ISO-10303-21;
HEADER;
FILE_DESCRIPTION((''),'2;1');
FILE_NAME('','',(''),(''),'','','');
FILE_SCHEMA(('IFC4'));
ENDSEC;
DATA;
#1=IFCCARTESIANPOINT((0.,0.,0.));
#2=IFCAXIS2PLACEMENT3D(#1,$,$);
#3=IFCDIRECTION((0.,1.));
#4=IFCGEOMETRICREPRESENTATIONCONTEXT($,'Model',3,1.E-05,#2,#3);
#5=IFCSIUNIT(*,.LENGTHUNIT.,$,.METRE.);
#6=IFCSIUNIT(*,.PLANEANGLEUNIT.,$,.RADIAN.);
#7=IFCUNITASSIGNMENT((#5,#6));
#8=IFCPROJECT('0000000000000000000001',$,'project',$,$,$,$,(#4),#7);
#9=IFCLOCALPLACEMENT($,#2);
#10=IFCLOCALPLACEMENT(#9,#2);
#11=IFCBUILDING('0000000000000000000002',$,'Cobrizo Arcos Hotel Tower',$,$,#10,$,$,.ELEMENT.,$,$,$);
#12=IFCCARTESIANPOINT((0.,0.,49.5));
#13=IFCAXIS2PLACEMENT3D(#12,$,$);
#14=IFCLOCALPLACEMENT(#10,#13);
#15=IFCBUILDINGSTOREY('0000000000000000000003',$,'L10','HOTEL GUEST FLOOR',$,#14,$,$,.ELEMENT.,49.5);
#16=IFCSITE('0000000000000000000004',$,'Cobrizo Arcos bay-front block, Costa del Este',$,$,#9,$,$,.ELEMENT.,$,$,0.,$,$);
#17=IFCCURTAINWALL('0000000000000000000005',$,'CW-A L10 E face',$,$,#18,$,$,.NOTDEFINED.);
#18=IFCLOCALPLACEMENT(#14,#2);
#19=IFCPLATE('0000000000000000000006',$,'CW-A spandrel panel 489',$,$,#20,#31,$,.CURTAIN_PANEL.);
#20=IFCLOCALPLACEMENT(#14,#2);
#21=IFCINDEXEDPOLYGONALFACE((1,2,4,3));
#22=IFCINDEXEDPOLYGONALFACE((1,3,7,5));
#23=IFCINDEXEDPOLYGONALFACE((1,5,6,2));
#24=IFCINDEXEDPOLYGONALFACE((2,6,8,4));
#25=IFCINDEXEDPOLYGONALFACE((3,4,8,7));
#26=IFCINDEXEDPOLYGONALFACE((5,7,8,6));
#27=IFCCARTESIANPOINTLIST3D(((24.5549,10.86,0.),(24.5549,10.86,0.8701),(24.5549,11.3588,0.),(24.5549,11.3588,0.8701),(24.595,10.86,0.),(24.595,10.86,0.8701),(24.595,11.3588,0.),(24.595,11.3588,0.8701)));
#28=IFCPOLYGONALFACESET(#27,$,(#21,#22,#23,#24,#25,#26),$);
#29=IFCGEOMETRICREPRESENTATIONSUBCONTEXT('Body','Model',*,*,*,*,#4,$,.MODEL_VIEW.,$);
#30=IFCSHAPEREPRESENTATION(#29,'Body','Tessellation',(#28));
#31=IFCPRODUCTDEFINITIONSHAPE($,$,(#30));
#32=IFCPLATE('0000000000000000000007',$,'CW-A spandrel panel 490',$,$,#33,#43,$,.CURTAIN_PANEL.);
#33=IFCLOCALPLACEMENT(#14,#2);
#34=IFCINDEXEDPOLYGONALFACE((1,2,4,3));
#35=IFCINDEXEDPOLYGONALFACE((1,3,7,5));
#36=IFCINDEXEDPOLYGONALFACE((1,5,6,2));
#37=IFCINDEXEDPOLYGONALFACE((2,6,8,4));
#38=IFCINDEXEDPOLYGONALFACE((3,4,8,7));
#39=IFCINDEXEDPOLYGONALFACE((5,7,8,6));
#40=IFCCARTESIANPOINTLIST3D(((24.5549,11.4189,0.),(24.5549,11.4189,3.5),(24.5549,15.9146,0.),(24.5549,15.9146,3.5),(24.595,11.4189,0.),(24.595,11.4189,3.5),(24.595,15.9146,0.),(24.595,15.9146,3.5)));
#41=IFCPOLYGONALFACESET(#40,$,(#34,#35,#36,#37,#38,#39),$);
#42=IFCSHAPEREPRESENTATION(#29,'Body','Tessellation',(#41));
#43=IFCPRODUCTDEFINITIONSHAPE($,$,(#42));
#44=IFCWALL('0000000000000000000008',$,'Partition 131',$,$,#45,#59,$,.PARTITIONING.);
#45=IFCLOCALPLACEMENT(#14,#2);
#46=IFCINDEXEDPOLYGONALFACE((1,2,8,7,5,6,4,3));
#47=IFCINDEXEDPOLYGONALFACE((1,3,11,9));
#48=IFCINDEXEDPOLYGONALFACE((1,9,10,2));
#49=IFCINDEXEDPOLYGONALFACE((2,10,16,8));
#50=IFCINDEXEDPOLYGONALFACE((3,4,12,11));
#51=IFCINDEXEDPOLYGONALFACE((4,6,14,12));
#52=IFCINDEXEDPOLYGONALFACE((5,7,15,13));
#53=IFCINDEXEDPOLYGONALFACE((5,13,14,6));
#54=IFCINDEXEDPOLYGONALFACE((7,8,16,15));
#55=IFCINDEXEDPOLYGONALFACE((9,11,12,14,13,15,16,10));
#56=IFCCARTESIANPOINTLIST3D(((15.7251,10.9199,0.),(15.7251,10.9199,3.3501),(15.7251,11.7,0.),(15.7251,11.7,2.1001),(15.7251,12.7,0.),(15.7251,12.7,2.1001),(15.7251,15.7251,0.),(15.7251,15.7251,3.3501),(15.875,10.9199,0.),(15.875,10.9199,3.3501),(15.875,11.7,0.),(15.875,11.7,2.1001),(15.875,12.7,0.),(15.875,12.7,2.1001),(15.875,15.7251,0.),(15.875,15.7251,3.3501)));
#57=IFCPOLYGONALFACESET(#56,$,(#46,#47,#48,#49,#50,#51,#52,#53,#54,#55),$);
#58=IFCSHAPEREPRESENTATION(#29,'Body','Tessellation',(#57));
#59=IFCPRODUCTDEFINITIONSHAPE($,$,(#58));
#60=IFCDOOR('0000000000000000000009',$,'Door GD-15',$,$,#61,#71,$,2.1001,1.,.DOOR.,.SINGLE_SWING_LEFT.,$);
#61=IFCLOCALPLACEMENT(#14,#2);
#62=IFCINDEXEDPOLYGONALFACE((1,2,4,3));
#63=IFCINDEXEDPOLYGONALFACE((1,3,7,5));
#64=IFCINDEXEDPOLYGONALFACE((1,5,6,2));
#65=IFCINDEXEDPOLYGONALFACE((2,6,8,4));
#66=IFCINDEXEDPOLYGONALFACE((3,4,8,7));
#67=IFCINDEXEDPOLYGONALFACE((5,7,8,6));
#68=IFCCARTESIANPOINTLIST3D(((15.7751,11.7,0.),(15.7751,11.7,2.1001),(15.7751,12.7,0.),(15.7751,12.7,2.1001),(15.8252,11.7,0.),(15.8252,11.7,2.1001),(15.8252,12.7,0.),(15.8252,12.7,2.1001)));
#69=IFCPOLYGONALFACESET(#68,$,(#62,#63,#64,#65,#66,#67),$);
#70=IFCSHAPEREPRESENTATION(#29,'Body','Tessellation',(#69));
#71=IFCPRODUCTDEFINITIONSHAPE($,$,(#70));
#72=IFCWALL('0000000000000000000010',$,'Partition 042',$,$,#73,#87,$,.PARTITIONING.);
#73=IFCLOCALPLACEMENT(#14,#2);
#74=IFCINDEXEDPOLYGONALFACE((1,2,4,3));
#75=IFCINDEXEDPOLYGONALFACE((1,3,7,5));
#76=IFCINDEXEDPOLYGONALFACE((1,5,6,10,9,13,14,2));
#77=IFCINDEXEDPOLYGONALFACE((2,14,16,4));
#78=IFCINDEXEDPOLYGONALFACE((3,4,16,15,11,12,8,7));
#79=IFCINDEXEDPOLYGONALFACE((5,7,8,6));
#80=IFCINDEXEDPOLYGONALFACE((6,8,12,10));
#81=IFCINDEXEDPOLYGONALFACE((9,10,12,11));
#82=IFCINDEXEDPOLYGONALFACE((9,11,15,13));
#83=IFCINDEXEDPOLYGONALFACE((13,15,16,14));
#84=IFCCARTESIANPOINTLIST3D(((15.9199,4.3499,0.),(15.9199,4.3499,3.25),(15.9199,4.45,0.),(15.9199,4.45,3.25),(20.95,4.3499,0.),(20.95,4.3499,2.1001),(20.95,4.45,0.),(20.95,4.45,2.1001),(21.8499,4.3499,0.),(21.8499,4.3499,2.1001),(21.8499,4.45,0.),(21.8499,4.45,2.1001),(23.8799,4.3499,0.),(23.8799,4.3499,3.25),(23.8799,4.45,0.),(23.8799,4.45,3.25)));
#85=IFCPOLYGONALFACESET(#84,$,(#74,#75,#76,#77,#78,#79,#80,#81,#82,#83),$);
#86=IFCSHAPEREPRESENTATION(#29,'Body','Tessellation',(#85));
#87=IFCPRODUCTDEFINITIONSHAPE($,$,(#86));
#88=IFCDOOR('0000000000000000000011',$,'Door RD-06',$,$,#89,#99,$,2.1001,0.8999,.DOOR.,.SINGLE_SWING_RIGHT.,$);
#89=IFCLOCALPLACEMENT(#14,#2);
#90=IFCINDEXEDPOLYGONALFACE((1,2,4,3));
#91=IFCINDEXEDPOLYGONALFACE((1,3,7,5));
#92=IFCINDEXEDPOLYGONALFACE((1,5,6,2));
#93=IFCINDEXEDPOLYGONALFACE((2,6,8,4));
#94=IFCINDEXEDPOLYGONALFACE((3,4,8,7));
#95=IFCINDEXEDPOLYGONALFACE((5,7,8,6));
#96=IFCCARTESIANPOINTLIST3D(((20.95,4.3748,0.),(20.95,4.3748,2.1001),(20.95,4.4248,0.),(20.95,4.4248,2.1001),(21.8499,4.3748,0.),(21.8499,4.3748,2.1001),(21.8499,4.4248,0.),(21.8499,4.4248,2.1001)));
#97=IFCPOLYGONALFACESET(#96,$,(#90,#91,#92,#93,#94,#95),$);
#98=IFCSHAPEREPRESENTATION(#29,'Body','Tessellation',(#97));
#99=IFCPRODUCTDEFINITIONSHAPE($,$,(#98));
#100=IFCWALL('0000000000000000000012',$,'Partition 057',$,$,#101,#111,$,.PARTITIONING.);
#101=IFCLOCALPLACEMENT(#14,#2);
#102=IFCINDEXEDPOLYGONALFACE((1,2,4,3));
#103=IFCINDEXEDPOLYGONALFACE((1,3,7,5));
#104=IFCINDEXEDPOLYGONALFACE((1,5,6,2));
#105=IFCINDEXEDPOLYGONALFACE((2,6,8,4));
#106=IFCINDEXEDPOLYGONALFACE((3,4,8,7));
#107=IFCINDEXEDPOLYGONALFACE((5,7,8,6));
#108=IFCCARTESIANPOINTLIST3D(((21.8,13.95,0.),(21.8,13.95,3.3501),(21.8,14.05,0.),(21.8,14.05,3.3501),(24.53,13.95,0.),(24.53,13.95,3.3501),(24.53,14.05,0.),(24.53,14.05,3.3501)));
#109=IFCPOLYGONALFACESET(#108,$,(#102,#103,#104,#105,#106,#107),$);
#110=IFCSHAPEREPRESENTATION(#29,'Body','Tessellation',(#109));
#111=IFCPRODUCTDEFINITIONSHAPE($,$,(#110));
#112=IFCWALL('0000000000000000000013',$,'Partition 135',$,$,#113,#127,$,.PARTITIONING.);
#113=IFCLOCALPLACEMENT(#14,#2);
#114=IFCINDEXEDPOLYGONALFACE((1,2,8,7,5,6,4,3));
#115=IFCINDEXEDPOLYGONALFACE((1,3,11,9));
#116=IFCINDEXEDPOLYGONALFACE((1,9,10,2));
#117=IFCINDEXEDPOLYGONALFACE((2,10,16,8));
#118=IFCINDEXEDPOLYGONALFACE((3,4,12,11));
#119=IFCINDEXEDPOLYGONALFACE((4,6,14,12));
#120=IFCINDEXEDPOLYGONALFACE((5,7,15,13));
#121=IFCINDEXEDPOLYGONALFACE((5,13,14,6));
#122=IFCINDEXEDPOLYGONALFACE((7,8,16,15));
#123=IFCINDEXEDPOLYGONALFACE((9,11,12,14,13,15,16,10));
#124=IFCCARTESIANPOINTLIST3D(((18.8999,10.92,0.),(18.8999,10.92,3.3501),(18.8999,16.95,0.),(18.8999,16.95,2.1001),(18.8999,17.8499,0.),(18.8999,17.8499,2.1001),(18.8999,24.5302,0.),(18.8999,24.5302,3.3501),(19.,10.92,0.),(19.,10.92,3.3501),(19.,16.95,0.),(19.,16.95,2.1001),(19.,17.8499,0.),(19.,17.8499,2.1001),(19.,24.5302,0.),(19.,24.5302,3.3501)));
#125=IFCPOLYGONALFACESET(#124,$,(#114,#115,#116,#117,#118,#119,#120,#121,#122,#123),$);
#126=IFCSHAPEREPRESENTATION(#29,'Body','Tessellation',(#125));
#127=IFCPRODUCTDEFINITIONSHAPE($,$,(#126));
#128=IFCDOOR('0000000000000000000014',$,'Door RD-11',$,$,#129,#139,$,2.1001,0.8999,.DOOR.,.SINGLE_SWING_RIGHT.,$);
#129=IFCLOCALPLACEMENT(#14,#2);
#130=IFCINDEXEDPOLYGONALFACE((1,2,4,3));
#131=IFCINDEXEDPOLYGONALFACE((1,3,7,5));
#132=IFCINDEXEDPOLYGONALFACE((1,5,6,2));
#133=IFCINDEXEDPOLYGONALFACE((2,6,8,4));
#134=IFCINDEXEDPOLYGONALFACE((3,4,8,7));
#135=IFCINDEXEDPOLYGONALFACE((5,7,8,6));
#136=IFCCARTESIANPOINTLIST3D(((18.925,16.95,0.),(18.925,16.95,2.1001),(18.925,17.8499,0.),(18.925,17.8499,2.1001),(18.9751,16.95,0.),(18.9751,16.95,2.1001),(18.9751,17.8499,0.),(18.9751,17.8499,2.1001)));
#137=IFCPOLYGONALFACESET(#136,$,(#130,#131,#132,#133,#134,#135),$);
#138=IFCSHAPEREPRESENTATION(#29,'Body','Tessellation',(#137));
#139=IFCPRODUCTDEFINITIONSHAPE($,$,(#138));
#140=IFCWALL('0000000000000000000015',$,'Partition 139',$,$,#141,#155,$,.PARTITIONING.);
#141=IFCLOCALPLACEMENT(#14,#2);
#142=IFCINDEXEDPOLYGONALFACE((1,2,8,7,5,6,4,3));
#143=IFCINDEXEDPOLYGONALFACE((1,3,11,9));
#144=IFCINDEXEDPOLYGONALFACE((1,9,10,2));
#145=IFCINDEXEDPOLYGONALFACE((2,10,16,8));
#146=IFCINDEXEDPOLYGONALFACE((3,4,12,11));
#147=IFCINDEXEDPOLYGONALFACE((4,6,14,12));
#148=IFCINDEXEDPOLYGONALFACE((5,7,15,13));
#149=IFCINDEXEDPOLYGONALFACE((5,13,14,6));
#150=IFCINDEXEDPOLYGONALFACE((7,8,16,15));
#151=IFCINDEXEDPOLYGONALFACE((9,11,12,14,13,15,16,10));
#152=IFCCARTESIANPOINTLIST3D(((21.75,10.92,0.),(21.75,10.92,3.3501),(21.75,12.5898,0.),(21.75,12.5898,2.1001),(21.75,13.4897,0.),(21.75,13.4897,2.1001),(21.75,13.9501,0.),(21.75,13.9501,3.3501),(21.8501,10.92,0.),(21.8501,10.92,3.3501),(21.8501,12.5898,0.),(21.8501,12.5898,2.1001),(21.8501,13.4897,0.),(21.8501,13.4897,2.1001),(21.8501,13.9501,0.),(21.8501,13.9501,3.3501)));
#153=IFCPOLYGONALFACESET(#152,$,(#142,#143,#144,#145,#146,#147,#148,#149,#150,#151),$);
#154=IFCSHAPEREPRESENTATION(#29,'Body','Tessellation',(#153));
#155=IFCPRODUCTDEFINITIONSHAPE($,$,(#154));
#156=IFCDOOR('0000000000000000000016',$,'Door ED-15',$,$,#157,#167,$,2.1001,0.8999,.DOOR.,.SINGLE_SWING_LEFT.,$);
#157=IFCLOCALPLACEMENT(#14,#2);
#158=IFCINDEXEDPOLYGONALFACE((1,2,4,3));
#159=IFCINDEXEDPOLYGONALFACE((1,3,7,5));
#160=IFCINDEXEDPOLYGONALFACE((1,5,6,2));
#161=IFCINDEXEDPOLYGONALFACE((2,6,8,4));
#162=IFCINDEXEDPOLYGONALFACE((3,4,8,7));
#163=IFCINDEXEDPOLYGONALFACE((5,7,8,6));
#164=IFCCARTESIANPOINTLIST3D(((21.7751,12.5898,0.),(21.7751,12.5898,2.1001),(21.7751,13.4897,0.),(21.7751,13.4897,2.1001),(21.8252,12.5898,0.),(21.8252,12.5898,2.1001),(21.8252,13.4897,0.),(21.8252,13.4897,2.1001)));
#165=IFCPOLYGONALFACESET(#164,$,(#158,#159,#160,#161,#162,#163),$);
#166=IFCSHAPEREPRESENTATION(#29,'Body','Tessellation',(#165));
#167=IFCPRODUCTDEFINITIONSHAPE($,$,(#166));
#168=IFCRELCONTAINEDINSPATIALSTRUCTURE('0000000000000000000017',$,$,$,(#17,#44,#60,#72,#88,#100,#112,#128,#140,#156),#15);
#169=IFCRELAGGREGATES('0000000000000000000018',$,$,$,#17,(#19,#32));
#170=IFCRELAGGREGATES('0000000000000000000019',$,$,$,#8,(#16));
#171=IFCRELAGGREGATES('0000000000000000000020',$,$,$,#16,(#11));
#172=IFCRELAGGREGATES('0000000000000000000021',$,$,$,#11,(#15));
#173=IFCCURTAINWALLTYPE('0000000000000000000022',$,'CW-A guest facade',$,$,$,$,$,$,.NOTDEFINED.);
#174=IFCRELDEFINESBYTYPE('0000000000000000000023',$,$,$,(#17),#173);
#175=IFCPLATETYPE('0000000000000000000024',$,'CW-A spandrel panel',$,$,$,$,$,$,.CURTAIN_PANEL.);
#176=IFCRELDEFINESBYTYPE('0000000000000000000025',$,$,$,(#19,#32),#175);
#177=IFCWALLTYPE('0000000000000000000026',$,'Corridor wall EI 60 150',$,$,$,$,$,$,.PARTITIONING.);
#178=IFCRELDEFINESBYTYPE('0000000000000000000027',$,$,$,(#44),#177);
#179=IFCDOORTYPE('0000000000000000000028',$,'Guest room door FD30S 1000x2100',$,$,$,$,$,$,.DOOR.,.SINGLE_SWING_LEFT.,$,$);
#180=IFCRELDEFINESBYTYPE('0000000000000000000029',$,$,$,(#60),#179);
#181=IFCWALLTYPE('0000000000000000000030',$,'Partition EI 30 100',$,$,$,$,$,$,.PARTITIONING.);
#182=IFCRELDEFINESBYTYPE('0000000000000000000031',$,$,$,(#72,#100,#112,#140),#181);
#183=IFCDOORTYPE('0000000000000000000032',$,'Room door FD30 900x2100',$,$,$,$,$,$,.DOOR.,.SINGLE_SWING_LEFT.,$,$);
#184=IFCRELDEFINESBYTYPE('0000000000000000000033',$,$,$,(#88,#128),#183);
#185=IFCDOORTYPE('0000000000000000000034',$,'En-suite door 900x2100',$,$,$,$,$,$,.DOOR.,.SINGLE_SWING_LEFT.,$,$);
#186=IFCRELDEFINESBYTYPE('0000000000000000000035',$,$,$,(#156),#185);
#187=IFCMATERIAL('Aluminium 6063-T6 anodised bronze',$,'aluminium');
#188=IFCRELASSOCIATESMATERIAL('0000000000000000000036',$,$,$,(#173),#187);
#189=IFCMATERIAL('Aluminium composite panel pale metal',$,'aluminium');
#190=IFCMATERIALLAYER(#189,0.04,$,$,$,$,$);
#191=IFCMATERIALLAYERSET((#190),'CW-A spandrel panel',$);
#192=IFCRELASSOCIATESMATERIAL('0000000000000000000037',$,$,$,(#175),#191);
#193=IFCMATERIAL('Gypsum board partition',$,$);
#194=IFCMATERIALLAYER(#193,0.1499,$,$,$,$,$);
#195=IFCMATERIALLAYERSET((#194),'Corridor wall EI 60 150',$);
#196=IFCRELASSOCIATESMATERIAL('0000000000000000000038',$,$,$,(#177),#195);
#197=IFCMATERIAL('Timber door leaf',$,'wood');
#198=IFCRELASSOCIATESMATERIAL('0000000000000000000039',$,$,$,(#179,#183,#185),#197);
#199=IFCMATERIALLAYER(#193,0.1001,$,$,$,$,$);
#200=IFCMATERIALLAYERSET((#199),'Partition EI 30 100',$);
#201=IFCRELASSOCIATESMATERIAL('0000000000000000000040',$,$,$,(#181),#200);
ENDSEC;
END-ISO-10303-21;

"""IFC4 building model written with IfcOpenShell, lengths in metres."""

from ifc_helpers import new_model, si_unit, direction, frame, frame_2d, origin, origin_2d, place, context, subcontext, project, spatial, rectangle, extrude, material, layer, layer_set, type_object, element, fill, aggregate, save


model = new_model("IFC4")

# Units and contexts
model_context = context("Model", 3, precision=1e-05, world=origin(), true_north=direction((0.0, 1.0)))
body_context = subcontext(model_context, "Body", "Model", "MODEL_VIEW")
ifc_project = project(units=[si_unit("LENGTHUNIT", "METRE"), si_unit("PLANEANGLEUNIT", "RADIAN")], contexts=[model_context])

# Site, building, storey
site_placement = place(None, origin())
site = spatial("IfcSite", under=ifc_project, at=site_placement, Name="Cobrizo Arcos bay-front block, Costa del Este", CompositionType="ELEMENT", RefElevation=0.0)
building_placement = place(site_placement, origin())
building = spatial("IfcBuilding", under=site, at=building_placement, Name="Cobrizo Arcos Hotel Tower", CompositionType="ELEMENT")
storey_placement = place(building_placement, frame((0.0, 0.0, 49.5)))
storey = spatial("IfcBuildingStorey", under=building, at=storey_placement, Name="L10", Description="HOTEL GUEST FLOOR", CompositionType="ELEMENT", Elevation=49.5)

# Curtain wall
ifc_material_1 = material(Name="Aluminium 6063-T6 anodised bronze", Category="aluminium")
curtain_wall_type = type_object("IfcCurtainWallType", Name="CW-A guest facade", PredefinedType="NOTDEFINED", material=ifc_material_1)
curtain_wall_placement = place(storey_placement, origin())
curtain_wall = element("IfcCurtainWall", 1, at=curtain_wall_placement, inside=storey, type_object=curtain_wall_type, Name="CW-A L10 E face", PredefinedType="NOTDEFINED")

# Plates
ifc_material_2 = material(Name="Aluminium composite panel pale metal", Category="aluminium")
ifc_layer_1 = layer(ifc_material_2, 0.04)
ifc_layer_set_1 = layer_set([ifc_layer_1], Name="CW-A spandrel panel")
plate_type_1 = type_object("IfcPlateType", Name="CW-A spandrel panel", PredefinedType="CURTAIN_PANEL", material=ifc_layer_set_1)
plate_1_placement = place(storey_placement, frame((24.575, 11.1094, 0.0), z_axis=(0.0, 0.0, 1.0), x_axis=(0.0, 1.0, 0.0)))
plate_1 = element("IfcPlate", 2, at=plate_1_placement, type_object=plate_type_1, Name="CW-A spandrel panel 489", PredefinedType="CURTAIN_PANEL", context=body_context, shape_type="SweptSolid", body=[
    extrude(rectangle(XDim=0.4988, YDim=0.04, at=origin_2d()), origin(), (0.0, 0.0, 1.0), 0.8701),
])
plate_2_placement = place(storey_placement, frame((24.575, 13.6667, 0.0), z_axis=(0.0, 0.0, 1.0), x_axis=(0.0, 1.0, 0.0)))
plate_2 = element("IfcPlate", 3, at=plate_2_placement, type_object=plate_type_1, Name="CW-A spandrel panel 490", PredefinedType="CURTAIN_PANEL", context=body_context, shape_type="SweptSolid", body=[
    extrude(rectangle(XDim=4.4956, YDim=0.04, at=origin_2d()), origin(), (0.0, 0.0, 1.0), 3.5),
])
aggregate(curtain_wall, [plate_1, plate_2])

# Walls, openings, doors
ifc_material_3 = material(Name="Gypsum board partition")
ifc_layer_2 = layer(ifc_material_3, 0.1499)
ifc_layer_set_2 = layer_set([ifc_layer_2], Name="Corridor wall EI 60 150")
wall_type_1 = type_object("IfcWallType", Name="Corridor wall EI 60 150", PredefinedType="PARTITIONING", material=ifc_layer_set_2)
wall_1_placement = place(storey_placement, frame((15.8, 10.9199, 0.0), z_axis=(0.0, 0.0, 1.0), x_axis=(0.0, 1.0, 0.0)))
wall_1 = element("IfcWall", 4, at=wall_1_placement, inside=storey, type_object=wall_type_1, Name="Partition 131", PredefinedType="PARTITIONING", context=body_context, shape_type="SweptSolid", body=[
    extrude(rectangle(XDim=4.8052, YDim=0.1499, at=frame_2d((2.4026, 0.0))), origin(), (0.0, 0.0, 1.0), 3.3501),
])
opening_1_placement = place(wall_1_placement, frame((0.78, 0.0, 0.0)))
opening_1 = element("IfcOpeningElement", 5, at=opening_1_placement, cuts=wall_1, PredefinedType="OPENING", context=body_context, shape_type="SweptSolid", body=[
    extrude(rectangle(XDim=1.0, YDim=2.1001, at=frame_2d((0.5, 1.05))), frame((0.0, 0.0869, 0.0), z_axis=(0.0, -1.0, 0.0), x_axis=(1.0, 0.0, 0.0)), (0.0, 0.0, 1.0), 0.1738),
])
ifc_material_4 = material(Name="Timber door leaf", Category="wood")
door_type_1 = type_object("IfcDoorType", Name="Guest room door FD30S 1000x2100", OperationType="SINGLE_SWING_LEFT", PredefinedType="DOOR", material=ifc_material_4)
door_1_placement = place(opening_1_placement, origin())
door_1 = element("IfcDoor", 6, at=door_1_placement, inside=storey, type_object=door_type_1, Name="Door GD-15", OperationType="SINGLE_SWING_LEFT", OverallHeight=2.1001, OverallWidth=1.0, PredefinedType="DOOR", context=body_context, shape_type="SweptSolid", body=[
    extrude(rectangle(XDim=1.0, YDim=2.1001, at=frame_2d((0.5, 1.05))), frame((0.0, 0.0249, 0.0), z_axis=(0.0, -1.0, 0.0), x_axis=(1.0, 0.0, 0.0)), (0.0, 0.0, 1.0), 0.05),
])
fill(opening_1, door_1)
ifc_layer_3 = layer(ifc_material_3, 0.1001)
ifc_layer_set_3 = layer_set([ifc_layer_3], Name="Partition EI 30 100")
wall_type_2 = type_object("IfcWallType", Name="Partition EI 30 100", PredefinedType="PARTITIONING", material=ifc_layer_set_3)
wall_2_placement = place(storey_placement, frame((15.9199, 4.3999, 0.0), z_axis=(0.0, 0.0, 1.0), x_axis=(1.0, 0.0, 0.0)))
wall_2 = element("IfcWall", 7, at=wall_2_placement, inside=storey, type_object=wall_type_2, Name="Partition 042", PredefinedType="PARTITIONING", context=body_context, shape_type="SweptSolid", body=[
    extrude(rectangle(XDim=7.96, YDim=0.1001, at=frame_2d((3.98, 0.0))), origin(), (0.0, 0.0, 1.0), 3.25),
])
opening_2_placement = place(wall_2_placement, frame((5.03, 0.0, 0.0)))
opening_2 = element("IfcOpeningElement", 8, at=opening_2_placement, cuts=wall_2, PredefinedType="OPENING", context=body_context, shape_type="SweptSolid", body=[
    extrude(rectangle(XDim=0.8999, YDim=2.1001, at=frame_2d((0.45, 1.05))), frame((0.0, 0.062, 0.0), z_axis=(0.0, -1.0, 0.0), x_axis=(1.0, 0.0, 0.0)), (0.0, 0.0, 1.0), 0.124),
])
door_type_2 = type_object("IfcDoorType", Name="Room door FD30 900x2100", OperationType="SINGLE_SWING_LEFT", PredefinedType="DOOR", material=ifc_material_4)
door_2_placement = place(opening_2_placement, origin())
door_2 = element("IfcDoor", 9, at=door_2_placement, inside=storey, type_object=door_type_2, Name="Door RD-06", OperationType="SINGLE_SWING_RIGHT", OverallHeight=2.1001, OverallWidth=0.8999, PredefinedType="DOOR", context=body_context, shape_type="SweptSolid", body=[
    extrude(rectangle(XDim=0.8999, YDim=2.1001, at=frame_2d((0.45, 1.05))), frame((0.0, 0.0249, 0.0), z_axis=(0.0, -1.0, 0.0), x_axis=(1.0, 0.0, 0.0)), (0.0, 0.0, 1.0), 0.05),
])
fill(opening_2, door_2)

# Wall
wall_3_placement = place(storey_placement, frame((21.8, 14.0, 0.0), z_axis=(0.0, 0.0, 1.0), x_axis=(1.0, 0.0, 0.0)))
element("IfcWall", 10, at=wall_3_placement, inside=storey, type_object=wall_type_2, Name="Partition 057", PredefinedType="PARTITIONING", context=body_context, shape_type="SweptSolid", body=[
    extrude(rectangle(XDim=2.73, YDim=0.1001, at=frame_2d((1.365, 0.0))), origin(), (0.0, 0.0, 1.0), 3.3501),
])

# Walls, openings, doors
wall_4_placement = place(storey_placement, frame((18.95, 10.9199, 0.0), z_axis=(0.0, 0.0, 1.0), x_axis=(0.0, 1.0, 0.0)))
wall_4 = element("IfcWall", 11, at=wall_4_placement, inside=storey, type_object=wall_type_2, Name="Partition 135", PredefinedType="PARTITIONING", context=body_context, shape_type="SweptSolid", body=[
    extrude(rectangle(XDim=13.6101, YDim=0.1001, at=frame_2d((6.8052, 0.0))), origin(), (0.0, 0.0, 1.0), 3.3501),
])
opening_3_placement = place(wall_4_placement, frame((6.03, 0.0, 0.0)))
opening_3 = element("IfcOpeningElement", 12, at=opening_3_placement, cuts=wall_4, PredefinedType="OPENING", context=body_context, shape_type="SweptSolid", body=[
    extrude(rectangle(XDim=0.8999, YDim=2.1001, at=frame_2d((0.45, 1.05))), frame((0.0, 0.062, 0.0), z_axis=(0.0, -1.0, 0.0), x_axis=(1.0, 0.0, 0.0)), (0.0, 0.0, 1.0), 0.124),
])
door_3_placement = place(opening_3_placement, origin())
door_3 = element("IfcDoor", 13, at=door_3_placement, inside=storey, type_object=door_type_2, Name="Door RD-11", OperationType="SINGLE_SWING_RIGHT", OverallHeight=2.1001, OverallWidth=0.8999, PredefinedType="DOOR", context=body_context, shape_type="SweptSolid", body=[
    extrude(rectangle(XDim=0.8999, YDim=2.1001, at=frame_2d((0.45, 1.05))), frame((0.0, 0.0249, 0.0), z_axis=(0.0, -1.0, 0.0), x_axis=(1.0, 0.0, 0.0)), (0.0, 0.0, 1.0), 0.05),
])
fill(opening_3, door_3)
wall_5_placement = place(storey_placement, frame((21.8, 10.9199, 0.0), z_axis=(0.0, 0.0, 1.0), x_axis=(0.0, 1.0, 0.0)))
wall_5 = element("IfcWall", 14, at=wall_5_placement, inside=storey, type_object=wall_type_2, Name="Partition 139", PredefinedType="PARTITIONING", context=body_context, shape_type="SweptSolid", body=[
    extrude(rectangle(XDim=3.03, YDim=0.1001, at=frame_2d((1.5151, 0.0))), origin(), (0.0, 0.0, 1.0), 3.3501),
])
opening_4_placement = place(wall_5_placement, frame((1.6699, 0.0, 0.0)))
opening_4 = element("IfcOpeningElement", 15, at=opening_4_placement, cuts=wall_5, PredefinedType="OPENING", context=body_context, shape_type="SweptSolid", body=[
    extrude(rectangle(XDim=0.8999, YDim=2.1001, at=frame_2d((0.45, 1.05))), frame((0.0, 0.062, 0.0), z_axis=(0.0, -1.0, 0.0), x_axis=(1.0, 0.0, 0.0)), (0.0, 0.0, 1.0), 0.124),
])
door_type_3 = type_object("IfcDoorType", Name="En-suite door 900x2100", OperationType="SINGLE_SWING_LEFT", PredefinedType="DOOR", material=ifc_material_4)
door_4_placement = place(opening_4_placement, origin())
door_4 = element("IfcDoor", 16, at=door_4_placement, inside=storey, type_object=door_type_3, Name="Door ED-15", OperationType="SINGLE_SWING_LEFT", OverallHeight=2.1001, OverallWidth=0.8999, PredefinedType="DOOR", context=body_context, shape_type="SweptSolid", body=[
    extrude(rectangle(XDim=0.8999, YDim=2.1001, at=frame_2d((0.45, 1.05))), frame((0.0, 0.0249, 0.0), z_axis=(0.0, -1.0, 0.0), x_axis=(1.0, 0.0, 0.0)), (0.0, 0.0, 1.0), 0.05),
])
fill(opening_4, door_4)

save(model, "model.ifc")
